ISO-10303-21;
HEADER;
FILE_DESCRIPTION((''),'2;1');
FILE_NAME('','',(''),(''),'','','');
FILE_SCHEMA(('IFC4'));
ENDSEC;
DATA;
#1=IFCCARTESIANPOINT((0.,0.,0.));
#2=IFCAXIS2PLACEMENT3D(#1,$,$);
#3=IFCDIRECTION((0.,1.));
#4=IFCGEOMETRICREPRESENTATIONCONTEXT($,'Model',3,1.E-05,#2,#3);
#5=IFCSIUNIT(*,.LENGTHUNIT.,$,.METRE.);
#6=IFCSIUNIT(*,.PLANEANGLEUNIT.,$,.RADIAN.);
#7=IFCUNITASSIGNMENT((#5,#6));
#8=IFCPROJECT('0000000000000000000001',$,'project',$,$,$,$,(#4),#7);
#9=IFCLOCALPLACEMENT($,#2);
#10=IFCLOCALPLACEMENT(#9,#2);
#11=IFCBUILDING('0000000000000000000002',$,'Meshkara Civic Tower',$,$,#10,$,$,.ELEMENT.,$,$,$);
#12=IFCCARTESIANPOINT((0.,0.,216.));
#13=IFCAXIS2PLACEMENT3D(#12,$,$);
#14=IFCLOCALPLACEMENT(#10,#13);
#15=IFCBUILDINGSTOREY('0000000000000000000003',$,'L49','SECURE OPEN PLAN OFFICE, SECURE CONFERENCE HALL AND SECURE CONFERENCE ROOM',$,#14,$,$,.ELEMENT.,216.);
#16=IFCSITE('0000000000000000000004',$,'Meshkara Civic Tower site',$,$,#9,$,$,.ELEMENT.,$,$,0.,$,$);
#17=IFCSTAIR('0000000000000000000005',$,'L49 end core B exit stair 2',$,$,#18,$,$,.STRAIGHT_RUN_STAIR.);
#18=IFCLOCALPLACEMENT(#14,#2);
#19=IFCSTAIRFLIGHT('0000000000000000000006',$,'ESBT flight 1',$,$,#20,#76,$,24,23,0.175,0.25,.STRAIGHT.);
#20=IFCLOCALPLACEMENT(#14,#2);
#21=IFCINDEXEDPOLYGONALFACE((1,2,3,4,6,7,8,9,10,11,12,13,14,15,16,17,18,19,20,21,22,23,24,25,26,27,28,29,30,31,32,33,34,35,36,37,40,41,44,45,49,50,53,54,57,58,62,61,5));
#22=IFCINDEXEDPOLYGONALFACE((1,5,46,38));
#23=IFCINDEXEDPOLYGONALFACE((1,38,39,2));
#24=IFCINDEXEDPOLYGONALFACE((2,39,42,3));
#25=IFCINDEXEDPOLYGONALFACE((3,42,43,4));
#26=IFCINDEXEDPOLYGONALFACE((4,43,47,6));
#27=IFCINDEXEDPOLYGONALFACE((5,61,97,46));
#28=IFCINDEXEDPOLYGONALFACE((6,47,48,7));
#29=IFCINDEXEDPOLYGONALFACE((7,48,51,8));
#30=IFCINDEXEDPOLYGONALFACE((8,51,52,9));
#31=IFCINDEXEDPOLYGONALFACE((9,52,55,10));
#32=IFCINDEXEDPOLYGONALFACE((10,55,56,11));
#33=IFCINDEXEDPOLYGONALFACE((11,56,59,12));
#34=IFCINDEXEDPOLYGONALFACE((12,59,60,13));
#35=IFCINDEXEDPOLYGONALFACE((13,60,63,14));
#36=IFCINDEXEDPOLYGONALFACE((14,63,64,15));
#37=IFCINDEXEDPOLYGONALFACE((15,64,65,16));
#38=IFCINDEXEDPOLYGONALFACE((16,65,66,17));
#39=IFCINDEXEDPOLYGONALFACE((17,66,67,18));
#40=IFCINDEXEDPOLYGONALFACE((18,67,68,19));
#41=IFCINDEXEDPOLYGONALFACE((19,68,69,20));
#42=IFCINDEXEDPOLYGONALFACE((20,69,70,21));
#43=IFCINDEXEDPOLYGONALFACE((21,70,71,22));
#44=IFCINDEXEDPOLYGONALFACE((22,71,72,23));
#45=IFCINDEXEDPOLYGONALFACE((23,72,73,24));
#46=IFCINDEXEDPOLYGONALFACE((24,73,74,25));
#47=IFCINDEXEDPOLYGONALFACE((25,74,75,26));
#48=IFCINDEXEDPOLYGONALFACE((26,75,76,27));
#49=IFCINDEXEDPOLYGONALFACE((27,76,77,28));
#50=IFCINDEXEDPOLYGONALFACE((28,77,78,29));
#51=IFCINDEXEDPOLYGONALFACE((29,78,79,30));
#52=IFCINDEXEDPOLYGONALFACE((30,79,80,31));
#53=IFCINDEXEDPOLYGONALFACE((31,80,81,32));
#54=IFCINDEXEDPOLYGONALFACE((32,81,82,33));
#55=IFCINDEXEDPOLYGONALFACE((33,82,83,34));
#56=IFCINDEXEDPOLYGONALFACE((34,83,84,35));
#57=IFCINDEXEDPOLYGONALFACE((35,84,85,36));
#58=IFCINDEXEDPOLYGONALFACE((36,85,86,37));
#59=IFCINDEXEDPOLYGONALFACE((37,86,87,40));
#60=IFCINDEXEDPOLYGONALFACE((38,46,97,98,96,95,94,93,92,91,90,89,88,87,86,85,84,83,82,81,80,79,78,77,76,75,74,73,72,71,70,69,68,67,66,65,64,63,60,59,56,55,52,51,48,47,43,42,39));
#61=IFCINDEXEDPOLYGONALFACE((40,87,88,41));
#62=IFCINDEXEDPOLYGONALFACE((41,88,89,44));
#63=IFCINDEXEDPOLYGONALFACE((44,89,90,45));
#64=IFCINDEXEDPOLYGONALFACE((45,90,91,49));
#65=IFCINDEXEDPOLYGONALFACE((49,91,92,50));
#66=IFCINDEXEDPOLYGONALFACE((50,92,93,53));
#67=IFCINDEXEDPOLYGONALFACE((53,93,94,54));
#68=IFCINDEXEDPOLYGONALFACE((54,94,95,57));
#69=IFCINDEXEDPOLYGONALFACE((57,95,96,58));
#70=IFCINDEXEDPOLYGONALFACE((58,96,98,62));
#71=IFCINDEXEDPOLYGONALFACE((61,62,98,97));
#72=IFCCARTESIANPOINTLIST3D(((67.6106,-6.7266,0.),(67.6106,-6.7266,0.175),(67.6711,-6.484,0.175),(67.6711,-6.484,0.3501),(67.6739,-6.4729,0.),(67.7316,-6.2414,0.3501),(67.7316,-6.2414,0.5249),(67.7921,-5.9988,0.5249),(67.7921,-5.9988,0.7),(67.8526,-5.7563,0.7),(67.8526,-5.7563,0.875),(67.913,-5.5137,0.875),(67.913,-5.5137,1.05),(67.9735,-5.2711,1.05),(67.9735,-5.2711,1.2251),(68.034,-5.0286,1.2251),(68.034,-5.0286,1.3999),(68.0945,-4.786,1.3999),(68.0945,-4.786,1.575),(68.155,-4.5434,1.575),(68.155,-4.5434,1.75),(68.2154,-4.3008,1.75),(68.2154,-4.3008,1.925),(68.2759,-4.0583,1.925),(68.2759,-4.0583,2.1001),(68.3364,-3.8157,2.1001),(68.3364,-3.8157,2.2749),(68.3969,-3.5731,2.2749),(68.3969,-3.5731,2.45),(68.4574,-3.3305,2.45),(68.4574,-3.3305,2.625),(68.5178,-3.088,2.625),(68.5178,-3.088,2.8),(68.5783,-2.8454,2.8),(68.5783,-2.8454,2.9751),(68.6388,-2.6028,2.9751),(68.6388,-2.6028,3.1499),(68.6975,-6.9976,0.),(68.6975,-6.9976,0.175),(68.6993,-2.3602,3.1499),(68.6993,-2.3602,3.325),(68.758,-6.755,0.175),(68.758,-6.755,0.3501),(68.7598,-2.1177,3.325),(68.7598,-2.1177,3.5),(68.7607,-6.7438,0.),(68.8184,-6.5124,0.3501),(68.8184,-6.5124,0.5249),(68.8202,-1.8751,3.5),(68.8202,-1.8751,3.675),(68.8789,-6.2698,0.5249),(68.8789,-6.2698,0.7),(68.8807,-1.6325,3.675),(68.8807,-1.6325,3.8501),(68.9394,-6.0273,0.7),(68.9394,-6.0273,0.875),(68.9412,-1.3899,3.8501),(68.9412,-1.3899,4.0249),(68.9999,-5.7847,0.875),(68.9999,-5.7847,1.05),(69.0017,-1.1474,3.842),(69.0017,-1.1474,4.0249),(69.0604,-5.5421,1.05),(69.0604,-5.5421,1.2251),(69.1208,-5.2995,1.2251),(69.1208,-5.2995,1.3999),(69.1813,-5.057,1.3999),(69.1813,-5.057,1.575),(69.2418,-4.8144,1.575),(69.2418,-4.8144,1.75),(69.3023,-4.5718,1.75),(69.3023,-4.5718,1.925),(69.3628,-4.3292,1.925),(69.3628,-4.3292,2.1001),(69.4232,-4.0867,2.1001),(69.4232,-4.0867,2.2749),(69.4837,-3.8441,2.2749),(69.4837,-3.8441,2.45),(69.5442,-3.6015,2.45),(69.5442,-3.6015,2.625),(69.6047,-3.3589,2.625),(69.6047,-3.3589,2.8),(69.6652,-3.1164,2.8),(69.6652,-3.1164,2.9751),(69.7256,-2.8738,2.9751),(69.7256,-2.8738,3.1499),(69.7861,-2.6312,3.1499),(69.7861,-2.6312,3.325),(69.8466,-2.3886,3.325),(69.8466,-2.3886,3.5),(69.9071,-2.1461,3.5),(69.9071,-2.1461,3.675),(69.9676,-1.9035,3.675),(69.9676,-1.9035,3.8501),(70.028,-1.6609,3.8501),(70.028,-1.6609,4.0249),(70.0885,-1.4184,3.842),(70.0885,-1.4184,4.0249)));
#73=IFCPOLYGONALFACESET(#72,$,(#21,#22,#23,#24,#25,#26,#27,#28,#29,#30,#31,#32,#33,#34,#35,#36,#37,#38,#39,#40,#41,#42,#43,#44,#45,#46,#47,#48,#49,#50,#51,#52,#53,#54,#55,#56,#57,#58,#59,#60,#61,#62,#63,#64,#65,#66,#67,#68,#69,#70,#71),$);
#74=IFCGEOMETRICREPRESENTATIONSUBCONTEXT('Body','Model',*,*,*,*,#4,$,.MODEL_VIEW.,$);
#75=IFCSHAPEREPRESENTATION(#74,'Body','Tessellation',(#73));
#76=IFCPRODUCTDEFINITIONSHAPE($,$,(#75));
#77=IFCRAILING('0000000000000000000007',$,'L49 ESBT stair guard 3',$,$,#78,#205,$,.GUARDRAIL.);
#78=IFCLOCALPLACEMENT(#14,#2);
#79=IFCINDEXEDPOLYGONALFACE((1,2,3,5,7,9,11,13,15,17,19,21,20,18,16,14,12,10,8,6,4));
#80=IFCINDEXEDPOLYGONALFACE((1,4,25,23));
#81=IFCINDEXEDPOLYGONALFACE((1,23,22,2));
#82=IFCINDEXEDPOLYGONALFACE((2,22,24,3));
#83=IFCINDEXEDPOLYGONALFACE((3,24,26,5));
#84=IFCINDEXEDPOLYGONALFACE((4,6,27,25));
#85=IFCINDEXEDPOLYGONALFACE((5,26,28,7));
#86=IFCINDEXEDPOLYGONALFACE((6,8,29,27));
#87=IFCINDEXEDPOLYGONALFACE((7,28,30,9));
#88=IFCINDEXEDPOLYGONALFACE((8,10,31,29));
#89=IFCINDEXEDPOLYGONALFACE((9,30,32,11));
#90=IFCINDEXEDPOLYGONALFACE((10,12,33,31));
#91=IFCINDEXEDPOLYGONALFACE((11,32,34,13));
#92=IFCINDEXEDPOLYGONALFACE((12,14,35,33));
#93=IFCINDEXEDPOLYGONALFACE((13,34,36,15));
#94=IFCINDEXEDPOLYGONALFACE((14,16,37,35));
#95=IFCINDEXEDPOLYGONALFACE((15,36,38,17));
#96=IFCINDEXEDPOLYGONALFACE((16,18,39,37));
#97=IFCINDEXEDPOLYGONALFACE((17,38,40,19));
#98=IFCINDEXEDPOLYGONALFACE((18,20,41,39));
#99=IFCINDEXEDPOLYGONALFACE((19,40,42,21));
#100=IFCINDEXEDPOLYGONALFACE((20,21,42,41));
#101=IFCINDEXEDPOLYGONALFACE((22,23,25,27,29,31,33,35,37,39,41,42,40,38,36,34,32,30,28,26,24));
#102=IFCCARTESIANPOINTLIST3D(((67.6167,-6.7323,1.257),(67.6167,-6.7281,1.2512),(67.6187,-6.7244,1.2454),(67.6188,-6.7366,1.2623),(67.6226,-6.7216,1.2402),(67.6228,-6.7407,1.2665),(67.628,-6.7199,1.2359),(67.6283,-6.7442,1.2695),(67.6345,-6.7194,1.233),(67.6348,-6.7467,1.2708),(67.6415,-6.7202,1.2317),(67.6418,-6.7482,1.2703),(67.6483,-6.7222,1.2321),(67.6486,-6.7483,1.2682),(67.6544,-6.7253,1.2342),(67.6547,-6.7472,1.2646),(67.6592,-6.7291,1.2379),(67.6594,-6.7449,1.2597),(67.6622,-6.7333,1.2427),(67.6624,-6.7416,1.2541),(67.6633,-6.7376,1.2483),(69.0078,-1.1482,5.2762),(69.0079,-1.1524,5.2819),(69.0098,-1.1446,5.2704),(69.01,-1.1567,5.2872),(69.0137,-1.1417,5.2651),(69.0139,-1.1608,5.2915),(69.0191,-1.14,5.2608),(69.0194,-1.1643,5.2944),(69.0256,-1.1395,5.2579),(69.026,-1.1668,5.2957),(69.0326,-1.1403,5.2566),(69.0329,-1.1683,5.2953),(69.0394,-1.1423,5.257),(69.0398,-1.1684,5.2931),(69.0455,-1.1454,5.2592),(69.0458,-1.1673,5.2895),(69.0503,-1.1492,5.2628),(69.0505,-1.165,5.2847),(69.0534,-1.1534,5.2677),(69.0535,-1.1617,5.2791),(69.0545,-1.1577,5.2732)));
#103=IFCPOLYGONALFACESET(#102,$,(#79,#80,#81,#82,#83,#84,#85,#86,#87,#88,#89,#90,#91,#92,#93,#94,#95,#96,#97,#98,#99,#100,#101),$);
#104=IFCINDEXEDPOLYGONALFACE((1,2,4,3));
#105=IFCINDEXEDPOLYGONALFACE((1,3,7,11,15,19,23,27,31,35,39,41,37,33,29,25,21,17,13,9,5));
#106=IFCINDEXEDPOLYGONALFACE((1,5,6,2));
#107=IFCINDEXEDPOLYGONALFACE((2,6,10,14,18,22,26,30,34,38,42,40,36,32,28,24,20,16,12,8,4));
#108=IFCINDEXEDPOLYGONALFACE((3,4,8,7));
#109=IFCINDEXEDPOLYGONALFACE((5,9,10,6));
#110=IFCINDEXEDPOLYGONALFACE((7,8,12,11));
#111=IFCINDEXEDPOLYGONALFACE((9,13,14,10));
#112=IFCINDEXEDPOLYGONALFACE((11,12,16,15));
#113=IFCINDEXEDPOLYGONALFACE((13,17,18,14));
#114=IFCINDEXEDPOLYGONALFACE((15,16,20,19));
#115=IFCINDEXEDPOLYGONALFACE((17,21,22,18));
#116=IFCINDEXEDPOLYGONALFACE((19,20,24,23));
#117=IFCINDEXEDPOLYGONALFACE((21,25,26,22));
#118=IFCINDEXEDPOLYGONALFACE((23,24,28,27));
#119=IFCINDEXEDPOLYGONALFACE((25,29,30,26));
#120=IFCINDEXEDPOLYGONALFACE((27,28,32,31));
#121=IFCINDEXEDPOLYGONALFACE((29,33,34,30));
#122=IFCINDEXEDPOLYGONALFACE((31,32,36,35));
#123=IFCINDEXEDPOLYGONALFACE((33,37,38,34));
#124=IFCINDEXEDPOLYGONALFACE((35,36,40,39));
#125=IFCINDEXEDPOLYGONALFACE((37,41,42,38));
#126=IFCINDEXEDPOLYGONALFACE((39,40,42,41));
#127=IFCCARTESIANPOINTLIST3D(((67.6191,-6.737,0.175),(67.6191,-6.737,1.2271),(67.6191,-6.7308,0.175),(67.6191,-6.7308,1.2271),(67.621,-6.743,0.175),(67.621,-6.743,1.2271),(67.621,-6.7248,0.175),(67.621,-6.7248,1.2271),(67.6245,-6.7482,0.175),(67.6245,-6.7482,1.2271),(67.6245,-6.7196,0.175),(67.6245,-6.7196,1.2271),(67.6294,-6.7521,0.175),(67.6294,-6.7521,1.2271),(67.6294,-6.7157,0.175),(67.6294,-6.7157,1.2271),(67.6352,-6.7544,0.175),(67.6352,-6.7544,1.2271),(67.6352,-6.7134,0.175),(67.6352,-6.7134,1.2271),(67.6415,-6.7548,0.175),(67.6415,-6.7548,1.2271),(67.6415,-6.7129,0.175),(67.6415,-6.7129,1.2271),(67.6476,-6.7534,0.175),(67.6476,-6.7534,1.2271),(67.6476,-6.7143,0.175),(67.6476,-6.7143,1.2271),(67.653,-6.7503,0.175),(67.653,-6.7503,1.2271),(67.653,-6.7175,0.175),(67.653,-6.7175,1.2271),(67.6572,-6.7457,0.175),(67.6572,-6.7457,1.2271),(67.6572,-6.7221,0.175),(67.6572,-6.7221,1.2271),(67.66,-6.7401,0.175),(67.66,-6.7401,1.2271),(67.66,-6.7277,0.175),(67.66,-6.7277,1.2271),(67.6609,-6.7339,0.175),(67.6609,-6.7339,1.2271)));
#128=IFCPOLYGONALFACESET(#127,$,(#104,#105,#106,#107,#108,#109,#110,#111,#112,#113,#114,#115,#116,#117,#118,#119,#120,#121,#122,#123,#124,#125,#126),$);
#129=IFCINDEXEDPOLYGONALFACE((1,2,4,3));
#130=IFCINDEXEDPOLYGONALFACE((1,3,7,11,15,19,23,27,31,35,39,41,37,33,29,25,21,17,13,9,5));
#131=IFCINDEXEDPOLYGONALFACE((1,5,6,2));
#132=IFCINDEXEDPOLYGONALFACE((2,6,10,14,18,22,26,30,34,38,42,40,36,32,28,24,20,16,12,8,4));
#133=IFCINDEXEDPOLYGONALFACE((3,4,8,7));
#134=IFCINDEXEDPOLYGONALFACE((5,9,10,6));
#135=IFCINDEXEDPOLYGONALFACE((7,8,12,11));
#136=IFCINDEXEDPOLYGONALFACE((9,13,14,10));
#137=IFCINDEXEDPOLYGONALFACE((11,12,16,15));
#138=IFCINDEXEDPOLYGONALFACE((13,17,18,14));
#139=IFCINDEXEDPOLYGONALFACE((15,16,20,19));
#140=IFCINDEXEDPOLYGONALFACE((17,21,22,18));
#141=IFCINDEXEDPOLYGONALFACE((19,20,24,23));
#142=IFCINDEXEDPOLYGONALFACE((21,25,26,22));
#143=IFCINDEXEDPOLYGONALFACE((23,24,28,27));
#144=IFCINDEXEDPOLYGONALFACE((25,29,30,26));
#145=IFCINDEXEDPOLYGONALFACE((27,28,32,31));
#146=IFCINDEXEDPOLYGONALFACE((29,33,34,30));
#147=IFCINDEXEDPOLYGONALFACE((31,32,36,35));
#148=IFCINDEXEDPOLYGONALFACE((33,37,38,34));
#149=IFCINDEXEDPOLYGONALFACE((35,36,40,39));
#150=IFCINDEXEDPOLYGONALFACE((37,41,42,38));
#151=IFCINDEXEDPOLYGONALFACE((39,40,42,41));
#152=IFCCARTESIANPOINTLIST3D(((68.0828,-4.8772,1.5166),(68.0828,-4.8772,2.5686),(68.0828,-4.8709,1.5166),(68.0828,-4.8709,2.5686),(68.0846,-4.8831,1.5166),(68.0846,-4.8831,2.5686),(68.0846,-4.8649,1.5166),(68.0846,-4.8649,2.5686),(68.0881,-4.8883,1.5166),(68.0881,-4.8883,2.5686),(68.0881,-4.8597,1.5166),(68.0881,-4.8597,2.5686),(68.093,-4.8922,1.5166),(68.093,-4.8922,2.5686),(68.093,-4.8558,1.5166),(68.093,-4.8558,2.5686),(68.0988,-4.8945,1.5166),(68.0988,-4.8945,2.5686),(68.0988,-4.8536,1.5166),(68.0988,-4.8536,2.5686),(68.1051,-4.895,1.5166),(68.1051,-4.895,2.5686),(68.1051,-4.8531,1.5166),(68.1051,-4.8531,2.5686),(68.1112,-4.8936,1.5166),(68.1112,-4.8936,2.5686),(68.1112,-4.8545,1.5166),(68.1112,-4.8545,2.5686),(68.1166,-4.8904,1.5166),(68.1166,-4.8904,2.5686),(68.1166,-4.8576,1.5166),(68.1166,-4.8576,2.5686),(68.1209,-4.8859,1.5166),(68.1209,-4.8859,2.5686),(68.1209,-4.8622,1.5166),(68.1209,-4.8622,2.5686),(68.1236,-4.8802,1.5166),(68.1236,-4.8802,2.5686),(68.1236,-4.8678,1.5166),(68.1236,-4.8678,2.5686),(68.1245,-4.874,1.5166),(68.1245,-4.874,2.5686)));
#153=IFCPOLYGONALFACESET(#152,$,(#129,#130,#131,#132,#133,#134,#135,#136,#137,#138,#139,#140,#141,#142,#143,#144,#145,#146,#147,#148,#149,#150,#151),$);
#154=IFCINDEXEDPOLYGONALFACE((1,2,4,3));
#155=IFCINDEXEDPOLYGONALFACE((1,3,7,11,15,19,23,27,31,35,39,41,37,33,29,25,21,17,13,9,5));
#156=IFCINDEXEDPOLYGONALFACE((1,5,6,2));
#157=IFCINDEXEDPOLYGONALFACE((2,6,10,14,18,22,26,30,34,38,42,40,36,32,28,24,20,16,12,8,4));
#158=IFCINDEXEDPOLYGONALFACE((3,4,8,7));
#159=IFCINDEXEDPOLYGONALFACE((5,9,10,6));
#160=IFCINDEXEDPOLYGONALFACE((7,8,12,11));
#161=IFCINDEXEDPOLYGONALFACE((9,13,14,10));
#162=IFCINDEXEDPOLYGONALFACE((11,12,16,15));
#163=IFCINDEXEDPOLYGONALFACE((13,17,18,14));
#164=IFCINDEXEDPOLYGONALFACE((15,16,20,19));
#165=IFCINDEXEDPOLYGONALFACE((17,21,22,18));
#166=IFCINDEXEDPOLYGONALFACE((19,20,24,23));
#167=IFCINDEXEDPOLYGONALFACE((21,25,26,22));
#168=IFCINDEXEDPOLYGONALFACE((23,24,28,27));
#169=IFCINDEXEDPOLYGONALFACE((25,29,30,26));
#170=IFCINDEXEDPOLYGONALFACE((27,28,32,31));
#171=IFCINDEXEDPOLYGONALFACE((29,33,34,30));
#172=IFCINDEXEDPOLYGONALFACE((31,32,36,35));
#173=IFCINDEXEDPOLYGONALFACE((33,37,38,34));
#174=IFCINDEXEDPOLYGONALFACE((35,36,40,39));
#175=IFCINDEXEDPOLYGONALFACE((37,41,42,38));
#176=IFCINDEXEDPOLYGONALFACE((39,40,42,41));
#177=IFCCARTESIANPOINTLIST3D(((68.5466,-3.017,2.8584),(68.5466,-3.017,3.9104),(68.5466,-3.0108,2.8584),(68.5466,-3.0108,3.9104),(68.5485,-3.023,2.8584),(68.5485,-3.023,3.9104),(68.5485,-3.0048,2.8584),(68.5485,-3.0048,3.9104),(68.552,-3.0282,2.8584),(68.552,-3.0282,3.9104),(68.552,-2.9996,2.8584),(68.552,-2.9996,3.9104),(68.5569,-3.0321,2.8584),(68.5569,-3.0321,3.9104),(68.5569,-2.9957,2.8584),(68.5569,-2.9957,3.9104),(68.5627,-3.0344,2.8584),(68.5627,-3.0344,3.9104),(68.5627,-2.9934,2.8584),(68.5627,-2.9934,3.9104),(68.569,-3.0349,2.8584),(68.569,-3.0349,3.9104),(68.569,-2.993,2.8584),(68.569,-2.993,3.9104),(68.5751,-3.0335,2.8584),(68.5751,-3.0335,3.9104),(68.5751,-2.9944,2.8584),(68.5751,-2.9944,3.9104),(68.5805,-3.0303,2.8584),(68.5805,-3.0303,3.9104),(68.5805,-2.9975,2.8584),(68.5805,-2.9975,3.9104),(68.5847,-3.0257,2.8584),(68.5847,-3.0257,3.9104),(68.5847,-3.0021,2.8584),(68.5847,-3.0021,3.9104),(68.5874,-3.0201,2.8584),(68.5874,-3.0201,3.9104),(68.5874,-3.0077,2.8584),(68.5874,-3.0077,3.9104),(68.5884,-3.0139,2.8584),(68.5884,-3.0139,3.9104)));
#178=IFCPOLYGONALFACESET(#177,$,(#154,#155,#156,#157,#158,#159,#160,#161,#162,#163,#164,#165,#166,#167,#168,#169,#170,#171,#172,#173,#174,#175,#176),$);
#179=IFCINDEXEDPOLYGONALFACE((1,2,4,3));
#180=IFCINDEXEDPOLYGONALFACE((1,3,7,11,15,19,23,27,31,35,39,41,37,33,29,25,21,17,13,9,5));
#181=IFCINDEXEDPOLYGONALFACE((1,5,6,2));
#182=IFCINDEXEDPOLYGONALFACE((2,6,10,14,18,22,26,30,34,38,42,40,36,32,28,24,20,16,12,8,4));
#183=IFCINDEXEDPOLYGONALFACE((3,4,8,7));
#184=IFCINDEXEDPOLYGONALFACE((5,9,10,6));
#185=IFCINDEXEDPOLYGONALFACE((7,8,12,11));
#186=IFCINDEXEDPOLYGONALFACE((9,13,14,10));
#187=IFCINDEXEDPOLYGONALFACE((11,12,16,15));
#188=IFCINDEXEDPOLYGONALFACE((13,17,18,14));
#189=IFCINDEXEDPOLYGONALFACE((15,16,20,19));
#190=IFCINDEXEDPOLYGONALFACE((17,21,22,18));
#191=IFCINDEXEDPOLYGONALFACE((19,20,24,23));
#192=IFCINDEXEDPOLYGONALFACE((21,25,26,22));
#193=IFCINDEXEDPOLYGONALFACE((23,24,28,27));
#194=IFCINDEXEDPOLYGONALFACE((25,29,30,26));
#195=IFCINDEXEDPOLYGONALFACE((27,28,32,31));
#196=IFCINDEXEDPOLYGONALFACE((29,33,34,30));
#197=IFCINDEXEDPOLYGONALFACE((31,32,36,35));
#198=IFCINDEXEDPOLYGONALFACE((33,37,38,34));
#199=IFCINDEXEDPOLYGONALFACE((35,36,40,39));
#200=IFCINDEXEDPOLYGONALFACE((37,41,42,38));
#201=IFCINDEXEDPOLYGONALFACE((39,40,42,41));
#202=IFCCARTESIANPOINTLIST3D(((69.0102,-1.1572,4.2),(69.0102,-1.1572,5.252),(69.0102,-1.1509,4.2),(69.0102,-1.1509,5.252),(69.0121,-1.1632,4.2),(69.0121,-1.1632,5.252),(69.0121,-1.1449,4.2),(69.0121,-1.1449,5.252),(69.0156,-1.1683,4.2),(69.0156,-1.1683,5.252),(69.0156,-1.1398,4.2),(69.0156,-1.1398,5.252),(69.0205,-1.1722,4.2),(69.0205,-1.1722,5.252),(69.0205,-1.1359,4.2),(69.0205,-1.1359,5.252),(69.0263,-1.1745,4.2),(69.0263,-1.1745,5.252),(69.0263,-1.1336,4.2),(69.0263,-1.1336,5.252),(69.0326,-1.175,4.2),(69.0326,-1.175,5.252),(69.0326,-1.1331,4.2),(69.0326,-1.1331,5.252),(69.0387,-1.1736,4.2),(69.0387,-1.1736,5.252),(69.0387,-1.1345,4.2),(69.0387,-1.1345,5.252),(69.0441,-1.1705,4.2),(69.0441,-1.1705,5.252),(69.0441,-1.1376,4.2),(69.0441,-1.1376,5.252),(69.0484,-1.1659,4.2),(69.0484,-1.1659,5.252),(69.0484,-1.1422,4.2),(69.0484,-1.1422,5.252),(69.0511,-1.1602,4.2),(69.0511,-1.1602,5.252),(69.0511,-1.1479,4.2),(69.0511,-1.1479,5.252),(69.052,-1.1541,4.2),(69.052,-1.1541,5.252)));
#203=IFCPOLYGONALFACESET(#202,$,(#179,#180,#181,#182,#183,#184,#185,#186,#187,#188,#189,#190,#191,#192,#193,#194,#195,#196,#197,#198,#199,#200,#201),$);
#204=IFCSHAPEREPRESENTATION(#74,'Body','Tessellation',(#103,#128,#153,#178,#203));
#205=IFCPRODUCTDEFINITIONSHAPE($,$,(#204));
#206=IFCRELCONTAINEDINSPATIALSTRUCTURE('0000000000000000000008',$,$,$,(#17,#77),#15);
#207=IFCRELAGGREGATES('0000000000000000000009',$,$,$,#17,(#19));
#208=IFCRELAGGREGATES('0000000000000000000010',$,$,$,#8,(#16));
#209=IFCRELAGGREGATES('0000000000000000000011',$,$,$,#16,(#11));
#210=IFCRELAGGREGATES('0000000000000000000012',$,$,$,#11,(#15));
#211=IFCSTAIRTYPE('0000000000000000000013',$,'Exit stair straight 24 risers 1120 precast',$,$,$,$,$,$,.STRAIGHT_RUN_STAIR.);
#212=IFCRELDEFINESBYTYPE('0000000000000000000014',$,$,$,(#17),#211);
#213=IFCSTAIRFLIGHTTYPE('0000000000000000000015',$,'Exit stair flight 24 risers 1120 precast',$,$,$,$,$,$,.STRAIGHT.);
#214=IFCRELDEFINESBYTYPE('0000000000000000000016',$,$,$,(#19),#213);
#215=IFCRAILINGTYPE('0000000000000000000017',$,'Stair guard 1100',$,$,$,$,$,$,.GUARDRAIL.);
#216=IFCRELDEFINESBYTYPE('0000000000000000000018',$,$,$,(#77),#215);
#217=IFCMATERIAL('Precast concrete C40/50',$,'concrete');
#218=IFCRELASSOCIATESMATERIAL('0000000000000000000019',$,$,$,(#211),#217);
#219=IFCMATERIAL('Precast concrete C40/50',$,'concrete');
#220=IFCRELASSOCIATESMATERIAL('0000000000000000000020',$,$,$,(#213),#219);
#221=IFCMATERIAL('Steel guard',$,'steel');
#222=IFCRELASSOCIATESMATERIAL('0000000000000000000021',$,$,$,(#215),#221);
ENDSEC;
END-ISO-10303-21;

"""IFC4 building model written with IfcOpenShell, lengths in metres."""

from ifc_helpers import new_model, si_unit, direction, frame, origin, origin_2d, place, context, subcontext, project, spatial, polyline, circle, outline, extrude, material, type_object, element, aggregate, save


model = new_model("IFC4")

# Units and contexts
model_context = context("Model", 3, precision=1e-05, world=origin(), true_north=direction((0.0, 1.0)))
body_context = subcontext(model_context, "Body", "Model", "MODEL_VIEW")
ifc_project = project(units=[si_unit("LENGTHUNIT", "METRE"), si_unit("PLANEANGLEUNIT", "RADIAN")], contexts=[model_context])

# Site, building, storey
site_placement = place(None, origin())
site = spatial("IfcSite", under=ifc_project, at=site_placement, Name="Meshkara Civic Tower site", CompositionType="ELEMENT", RefElevation=0.0)
building_placement = place(site_placement, origin())
building = spatial("IfcBuilding", under=site, at=building_placement, Name="Meshkara Civic Tower", CompositionType="ELEMENT")
storey_placement = place(building_placement, frame((0.0, 0.0, 216.0)))
storey = spatial("IfcBuildingStorey", under=building, at=storey_placement, Name="L49", Description="SECURE OPEN PLAN OFFICE, SECURE CONFERENCE HALL AND SECURE CONFERENCE ROOM", CompositionType="ELEMENT", Elevation=216.0)

# Stair, stair flight
ifc_material_1 = material(Name="Precast concrete C40/50", Category="concrete")
stair_type = type_object("IfcStairType", Name="Exit stair straight 24 risers 1120 precast", PredefinedType="STRAIGHT_RUN_STAIR", material=ifc_material_1)
stair_placement = place(storey_placement, origin())
stair = element("IfcStair", 1, at=stair_placement, inside=storey, type_object=stair_type, Name="L49 end core B exit stair 2", PredefinedType="STRAIGHT_RUN_STAIR")
ifc_material_2 = material(Name="Precast concrete C40/50", Category="concrete")
stair_flight_type = type_object("IfcStairFlightType", Name="Exit stair flight 24 risers 1120 precast", PredefinedType="STRAIGHT", material=ifc_material_2)
stair_flight_placement = place(storey_placement, frame((68.1541, -6.8621, 0.0), z_axis=(0.0, 0.0, 1.0), x_axis=(0.241922, 0.970296, 0.0)))
stair_flight = element("IfcStairFlight", 2, at=stair_flight_placement, type_object=stair_flight_type, Name="ESBT flight 1", NumberOfRisers=24, NumberOfTreads=23, PredefinedType="STRAIGHT", RiserHeight=0.175, TreadLength=0.25, context=body_context, shape_type="SweptSolid", body=[
    extrude(outline(polyline([(0.0, 0.0), (0.0, 0.175), (0.25, 0.175), (0.25, 0.3501), (0.5, 0.3501), (0.5, 0.5249), (0.75, 0.5249), (0.75, 0.7), (1.0, 0.7), (1.0, 0.875), (1.25, 0.875), (1.25, 1.05), (1.5, 1.05), (1.5, 1.2251), (1.75, 1.2251), (1.75, 1.3999), (2.0, 1.3999), (2.0, 1.575), (2.25, 1.575), (2.25, 1.75), (2.5, 1.75), (2.5, 1.925), (2.75, 1.925), (2.75, 2.1001), (3.0, 2.1001), (3.0, 2.2749), (3.25, 2.2749), (3.25, 2.45), (3.5, 2.45), (3.5, 2.625), (3.75, 2.625), (3.75, 2.8), (4.0, 2.8), (4.0, 2.9751), (4.25, 2.9751), (4.25, 3.1499), (4.5, 3.1499), (4.5, 3.325), (4.75, 3.325), (4.75, 3.5), (5.0, 3.5), (5.0, 3.675), (5.25, 3.675), (5.25, 3.8501), (5.5, 3.8501), (5.5, 4.0249), (5.75, 4.0249), (5.75, 4.2), (5.75, 3.842), (0.2615, 0.0), (0.0, 0.0)])), frame((0.0, 0.5601, 0.0), z_axis=(0.0, -1.0, 0.0), x_axis=(1.0, 0.0, 0.0)), (0.0, 0.0, 1.0), 1.1201),
])
aggregate(stair, [stair_flight])

# Railing
ifc_material_3 = material(Name="Steel guard", Category="steel")
railing_type_1 = type_object("IfcRailingType", Name="Stair guard 1100", PredefinedType="GUARDRAIL", material=ifc_material_3)
railing_1_placement = place(storey_placement, frame((67.6399, -6.7339, 0.175)))
element("IfcRailing", 3, at=railing_1_placement, inside=storey, type_object=railing_type_1, Name="L49 ESBT stair guard 3", PredefinedType="GUARDRAIL", context=body_context, shape_type="SweptSolid", body=[
    extrude(circle(Radius=0.0239, at=origin_2d()), frame((0.0, 0.0, 1.0762), z_axis=(0.198186, 0.794935, 0.573411), x_axis=(-0.9703, 0.241906, 0.0)), (0.0, 0.0, 1.0), 7.0193),
    extrude(circle(Radius=0.021, at=origin_2d()), origin(), (0.0, 0.0, 1.0), 1.052),
    extrude(circle(Radius=0.021, at=origin_2d()), frame((0.4636, 1.8599, 1.3416)), (0.0, 0.0, 1.0), 1.052),
    extrude(circle(Radius=0.021, at=origin_2d()), frame((0.9275, 3.72, 2.6833)), (0.0, 0.0, 1.0), 1.052),
    extrude(circle(Radius=0.021, at=origin_2d()), frame((1.3911, 5.5798, 4.0249)), (0.0, 0.0, 1.0), 1.052),
])

save(model, "model.ifc")
